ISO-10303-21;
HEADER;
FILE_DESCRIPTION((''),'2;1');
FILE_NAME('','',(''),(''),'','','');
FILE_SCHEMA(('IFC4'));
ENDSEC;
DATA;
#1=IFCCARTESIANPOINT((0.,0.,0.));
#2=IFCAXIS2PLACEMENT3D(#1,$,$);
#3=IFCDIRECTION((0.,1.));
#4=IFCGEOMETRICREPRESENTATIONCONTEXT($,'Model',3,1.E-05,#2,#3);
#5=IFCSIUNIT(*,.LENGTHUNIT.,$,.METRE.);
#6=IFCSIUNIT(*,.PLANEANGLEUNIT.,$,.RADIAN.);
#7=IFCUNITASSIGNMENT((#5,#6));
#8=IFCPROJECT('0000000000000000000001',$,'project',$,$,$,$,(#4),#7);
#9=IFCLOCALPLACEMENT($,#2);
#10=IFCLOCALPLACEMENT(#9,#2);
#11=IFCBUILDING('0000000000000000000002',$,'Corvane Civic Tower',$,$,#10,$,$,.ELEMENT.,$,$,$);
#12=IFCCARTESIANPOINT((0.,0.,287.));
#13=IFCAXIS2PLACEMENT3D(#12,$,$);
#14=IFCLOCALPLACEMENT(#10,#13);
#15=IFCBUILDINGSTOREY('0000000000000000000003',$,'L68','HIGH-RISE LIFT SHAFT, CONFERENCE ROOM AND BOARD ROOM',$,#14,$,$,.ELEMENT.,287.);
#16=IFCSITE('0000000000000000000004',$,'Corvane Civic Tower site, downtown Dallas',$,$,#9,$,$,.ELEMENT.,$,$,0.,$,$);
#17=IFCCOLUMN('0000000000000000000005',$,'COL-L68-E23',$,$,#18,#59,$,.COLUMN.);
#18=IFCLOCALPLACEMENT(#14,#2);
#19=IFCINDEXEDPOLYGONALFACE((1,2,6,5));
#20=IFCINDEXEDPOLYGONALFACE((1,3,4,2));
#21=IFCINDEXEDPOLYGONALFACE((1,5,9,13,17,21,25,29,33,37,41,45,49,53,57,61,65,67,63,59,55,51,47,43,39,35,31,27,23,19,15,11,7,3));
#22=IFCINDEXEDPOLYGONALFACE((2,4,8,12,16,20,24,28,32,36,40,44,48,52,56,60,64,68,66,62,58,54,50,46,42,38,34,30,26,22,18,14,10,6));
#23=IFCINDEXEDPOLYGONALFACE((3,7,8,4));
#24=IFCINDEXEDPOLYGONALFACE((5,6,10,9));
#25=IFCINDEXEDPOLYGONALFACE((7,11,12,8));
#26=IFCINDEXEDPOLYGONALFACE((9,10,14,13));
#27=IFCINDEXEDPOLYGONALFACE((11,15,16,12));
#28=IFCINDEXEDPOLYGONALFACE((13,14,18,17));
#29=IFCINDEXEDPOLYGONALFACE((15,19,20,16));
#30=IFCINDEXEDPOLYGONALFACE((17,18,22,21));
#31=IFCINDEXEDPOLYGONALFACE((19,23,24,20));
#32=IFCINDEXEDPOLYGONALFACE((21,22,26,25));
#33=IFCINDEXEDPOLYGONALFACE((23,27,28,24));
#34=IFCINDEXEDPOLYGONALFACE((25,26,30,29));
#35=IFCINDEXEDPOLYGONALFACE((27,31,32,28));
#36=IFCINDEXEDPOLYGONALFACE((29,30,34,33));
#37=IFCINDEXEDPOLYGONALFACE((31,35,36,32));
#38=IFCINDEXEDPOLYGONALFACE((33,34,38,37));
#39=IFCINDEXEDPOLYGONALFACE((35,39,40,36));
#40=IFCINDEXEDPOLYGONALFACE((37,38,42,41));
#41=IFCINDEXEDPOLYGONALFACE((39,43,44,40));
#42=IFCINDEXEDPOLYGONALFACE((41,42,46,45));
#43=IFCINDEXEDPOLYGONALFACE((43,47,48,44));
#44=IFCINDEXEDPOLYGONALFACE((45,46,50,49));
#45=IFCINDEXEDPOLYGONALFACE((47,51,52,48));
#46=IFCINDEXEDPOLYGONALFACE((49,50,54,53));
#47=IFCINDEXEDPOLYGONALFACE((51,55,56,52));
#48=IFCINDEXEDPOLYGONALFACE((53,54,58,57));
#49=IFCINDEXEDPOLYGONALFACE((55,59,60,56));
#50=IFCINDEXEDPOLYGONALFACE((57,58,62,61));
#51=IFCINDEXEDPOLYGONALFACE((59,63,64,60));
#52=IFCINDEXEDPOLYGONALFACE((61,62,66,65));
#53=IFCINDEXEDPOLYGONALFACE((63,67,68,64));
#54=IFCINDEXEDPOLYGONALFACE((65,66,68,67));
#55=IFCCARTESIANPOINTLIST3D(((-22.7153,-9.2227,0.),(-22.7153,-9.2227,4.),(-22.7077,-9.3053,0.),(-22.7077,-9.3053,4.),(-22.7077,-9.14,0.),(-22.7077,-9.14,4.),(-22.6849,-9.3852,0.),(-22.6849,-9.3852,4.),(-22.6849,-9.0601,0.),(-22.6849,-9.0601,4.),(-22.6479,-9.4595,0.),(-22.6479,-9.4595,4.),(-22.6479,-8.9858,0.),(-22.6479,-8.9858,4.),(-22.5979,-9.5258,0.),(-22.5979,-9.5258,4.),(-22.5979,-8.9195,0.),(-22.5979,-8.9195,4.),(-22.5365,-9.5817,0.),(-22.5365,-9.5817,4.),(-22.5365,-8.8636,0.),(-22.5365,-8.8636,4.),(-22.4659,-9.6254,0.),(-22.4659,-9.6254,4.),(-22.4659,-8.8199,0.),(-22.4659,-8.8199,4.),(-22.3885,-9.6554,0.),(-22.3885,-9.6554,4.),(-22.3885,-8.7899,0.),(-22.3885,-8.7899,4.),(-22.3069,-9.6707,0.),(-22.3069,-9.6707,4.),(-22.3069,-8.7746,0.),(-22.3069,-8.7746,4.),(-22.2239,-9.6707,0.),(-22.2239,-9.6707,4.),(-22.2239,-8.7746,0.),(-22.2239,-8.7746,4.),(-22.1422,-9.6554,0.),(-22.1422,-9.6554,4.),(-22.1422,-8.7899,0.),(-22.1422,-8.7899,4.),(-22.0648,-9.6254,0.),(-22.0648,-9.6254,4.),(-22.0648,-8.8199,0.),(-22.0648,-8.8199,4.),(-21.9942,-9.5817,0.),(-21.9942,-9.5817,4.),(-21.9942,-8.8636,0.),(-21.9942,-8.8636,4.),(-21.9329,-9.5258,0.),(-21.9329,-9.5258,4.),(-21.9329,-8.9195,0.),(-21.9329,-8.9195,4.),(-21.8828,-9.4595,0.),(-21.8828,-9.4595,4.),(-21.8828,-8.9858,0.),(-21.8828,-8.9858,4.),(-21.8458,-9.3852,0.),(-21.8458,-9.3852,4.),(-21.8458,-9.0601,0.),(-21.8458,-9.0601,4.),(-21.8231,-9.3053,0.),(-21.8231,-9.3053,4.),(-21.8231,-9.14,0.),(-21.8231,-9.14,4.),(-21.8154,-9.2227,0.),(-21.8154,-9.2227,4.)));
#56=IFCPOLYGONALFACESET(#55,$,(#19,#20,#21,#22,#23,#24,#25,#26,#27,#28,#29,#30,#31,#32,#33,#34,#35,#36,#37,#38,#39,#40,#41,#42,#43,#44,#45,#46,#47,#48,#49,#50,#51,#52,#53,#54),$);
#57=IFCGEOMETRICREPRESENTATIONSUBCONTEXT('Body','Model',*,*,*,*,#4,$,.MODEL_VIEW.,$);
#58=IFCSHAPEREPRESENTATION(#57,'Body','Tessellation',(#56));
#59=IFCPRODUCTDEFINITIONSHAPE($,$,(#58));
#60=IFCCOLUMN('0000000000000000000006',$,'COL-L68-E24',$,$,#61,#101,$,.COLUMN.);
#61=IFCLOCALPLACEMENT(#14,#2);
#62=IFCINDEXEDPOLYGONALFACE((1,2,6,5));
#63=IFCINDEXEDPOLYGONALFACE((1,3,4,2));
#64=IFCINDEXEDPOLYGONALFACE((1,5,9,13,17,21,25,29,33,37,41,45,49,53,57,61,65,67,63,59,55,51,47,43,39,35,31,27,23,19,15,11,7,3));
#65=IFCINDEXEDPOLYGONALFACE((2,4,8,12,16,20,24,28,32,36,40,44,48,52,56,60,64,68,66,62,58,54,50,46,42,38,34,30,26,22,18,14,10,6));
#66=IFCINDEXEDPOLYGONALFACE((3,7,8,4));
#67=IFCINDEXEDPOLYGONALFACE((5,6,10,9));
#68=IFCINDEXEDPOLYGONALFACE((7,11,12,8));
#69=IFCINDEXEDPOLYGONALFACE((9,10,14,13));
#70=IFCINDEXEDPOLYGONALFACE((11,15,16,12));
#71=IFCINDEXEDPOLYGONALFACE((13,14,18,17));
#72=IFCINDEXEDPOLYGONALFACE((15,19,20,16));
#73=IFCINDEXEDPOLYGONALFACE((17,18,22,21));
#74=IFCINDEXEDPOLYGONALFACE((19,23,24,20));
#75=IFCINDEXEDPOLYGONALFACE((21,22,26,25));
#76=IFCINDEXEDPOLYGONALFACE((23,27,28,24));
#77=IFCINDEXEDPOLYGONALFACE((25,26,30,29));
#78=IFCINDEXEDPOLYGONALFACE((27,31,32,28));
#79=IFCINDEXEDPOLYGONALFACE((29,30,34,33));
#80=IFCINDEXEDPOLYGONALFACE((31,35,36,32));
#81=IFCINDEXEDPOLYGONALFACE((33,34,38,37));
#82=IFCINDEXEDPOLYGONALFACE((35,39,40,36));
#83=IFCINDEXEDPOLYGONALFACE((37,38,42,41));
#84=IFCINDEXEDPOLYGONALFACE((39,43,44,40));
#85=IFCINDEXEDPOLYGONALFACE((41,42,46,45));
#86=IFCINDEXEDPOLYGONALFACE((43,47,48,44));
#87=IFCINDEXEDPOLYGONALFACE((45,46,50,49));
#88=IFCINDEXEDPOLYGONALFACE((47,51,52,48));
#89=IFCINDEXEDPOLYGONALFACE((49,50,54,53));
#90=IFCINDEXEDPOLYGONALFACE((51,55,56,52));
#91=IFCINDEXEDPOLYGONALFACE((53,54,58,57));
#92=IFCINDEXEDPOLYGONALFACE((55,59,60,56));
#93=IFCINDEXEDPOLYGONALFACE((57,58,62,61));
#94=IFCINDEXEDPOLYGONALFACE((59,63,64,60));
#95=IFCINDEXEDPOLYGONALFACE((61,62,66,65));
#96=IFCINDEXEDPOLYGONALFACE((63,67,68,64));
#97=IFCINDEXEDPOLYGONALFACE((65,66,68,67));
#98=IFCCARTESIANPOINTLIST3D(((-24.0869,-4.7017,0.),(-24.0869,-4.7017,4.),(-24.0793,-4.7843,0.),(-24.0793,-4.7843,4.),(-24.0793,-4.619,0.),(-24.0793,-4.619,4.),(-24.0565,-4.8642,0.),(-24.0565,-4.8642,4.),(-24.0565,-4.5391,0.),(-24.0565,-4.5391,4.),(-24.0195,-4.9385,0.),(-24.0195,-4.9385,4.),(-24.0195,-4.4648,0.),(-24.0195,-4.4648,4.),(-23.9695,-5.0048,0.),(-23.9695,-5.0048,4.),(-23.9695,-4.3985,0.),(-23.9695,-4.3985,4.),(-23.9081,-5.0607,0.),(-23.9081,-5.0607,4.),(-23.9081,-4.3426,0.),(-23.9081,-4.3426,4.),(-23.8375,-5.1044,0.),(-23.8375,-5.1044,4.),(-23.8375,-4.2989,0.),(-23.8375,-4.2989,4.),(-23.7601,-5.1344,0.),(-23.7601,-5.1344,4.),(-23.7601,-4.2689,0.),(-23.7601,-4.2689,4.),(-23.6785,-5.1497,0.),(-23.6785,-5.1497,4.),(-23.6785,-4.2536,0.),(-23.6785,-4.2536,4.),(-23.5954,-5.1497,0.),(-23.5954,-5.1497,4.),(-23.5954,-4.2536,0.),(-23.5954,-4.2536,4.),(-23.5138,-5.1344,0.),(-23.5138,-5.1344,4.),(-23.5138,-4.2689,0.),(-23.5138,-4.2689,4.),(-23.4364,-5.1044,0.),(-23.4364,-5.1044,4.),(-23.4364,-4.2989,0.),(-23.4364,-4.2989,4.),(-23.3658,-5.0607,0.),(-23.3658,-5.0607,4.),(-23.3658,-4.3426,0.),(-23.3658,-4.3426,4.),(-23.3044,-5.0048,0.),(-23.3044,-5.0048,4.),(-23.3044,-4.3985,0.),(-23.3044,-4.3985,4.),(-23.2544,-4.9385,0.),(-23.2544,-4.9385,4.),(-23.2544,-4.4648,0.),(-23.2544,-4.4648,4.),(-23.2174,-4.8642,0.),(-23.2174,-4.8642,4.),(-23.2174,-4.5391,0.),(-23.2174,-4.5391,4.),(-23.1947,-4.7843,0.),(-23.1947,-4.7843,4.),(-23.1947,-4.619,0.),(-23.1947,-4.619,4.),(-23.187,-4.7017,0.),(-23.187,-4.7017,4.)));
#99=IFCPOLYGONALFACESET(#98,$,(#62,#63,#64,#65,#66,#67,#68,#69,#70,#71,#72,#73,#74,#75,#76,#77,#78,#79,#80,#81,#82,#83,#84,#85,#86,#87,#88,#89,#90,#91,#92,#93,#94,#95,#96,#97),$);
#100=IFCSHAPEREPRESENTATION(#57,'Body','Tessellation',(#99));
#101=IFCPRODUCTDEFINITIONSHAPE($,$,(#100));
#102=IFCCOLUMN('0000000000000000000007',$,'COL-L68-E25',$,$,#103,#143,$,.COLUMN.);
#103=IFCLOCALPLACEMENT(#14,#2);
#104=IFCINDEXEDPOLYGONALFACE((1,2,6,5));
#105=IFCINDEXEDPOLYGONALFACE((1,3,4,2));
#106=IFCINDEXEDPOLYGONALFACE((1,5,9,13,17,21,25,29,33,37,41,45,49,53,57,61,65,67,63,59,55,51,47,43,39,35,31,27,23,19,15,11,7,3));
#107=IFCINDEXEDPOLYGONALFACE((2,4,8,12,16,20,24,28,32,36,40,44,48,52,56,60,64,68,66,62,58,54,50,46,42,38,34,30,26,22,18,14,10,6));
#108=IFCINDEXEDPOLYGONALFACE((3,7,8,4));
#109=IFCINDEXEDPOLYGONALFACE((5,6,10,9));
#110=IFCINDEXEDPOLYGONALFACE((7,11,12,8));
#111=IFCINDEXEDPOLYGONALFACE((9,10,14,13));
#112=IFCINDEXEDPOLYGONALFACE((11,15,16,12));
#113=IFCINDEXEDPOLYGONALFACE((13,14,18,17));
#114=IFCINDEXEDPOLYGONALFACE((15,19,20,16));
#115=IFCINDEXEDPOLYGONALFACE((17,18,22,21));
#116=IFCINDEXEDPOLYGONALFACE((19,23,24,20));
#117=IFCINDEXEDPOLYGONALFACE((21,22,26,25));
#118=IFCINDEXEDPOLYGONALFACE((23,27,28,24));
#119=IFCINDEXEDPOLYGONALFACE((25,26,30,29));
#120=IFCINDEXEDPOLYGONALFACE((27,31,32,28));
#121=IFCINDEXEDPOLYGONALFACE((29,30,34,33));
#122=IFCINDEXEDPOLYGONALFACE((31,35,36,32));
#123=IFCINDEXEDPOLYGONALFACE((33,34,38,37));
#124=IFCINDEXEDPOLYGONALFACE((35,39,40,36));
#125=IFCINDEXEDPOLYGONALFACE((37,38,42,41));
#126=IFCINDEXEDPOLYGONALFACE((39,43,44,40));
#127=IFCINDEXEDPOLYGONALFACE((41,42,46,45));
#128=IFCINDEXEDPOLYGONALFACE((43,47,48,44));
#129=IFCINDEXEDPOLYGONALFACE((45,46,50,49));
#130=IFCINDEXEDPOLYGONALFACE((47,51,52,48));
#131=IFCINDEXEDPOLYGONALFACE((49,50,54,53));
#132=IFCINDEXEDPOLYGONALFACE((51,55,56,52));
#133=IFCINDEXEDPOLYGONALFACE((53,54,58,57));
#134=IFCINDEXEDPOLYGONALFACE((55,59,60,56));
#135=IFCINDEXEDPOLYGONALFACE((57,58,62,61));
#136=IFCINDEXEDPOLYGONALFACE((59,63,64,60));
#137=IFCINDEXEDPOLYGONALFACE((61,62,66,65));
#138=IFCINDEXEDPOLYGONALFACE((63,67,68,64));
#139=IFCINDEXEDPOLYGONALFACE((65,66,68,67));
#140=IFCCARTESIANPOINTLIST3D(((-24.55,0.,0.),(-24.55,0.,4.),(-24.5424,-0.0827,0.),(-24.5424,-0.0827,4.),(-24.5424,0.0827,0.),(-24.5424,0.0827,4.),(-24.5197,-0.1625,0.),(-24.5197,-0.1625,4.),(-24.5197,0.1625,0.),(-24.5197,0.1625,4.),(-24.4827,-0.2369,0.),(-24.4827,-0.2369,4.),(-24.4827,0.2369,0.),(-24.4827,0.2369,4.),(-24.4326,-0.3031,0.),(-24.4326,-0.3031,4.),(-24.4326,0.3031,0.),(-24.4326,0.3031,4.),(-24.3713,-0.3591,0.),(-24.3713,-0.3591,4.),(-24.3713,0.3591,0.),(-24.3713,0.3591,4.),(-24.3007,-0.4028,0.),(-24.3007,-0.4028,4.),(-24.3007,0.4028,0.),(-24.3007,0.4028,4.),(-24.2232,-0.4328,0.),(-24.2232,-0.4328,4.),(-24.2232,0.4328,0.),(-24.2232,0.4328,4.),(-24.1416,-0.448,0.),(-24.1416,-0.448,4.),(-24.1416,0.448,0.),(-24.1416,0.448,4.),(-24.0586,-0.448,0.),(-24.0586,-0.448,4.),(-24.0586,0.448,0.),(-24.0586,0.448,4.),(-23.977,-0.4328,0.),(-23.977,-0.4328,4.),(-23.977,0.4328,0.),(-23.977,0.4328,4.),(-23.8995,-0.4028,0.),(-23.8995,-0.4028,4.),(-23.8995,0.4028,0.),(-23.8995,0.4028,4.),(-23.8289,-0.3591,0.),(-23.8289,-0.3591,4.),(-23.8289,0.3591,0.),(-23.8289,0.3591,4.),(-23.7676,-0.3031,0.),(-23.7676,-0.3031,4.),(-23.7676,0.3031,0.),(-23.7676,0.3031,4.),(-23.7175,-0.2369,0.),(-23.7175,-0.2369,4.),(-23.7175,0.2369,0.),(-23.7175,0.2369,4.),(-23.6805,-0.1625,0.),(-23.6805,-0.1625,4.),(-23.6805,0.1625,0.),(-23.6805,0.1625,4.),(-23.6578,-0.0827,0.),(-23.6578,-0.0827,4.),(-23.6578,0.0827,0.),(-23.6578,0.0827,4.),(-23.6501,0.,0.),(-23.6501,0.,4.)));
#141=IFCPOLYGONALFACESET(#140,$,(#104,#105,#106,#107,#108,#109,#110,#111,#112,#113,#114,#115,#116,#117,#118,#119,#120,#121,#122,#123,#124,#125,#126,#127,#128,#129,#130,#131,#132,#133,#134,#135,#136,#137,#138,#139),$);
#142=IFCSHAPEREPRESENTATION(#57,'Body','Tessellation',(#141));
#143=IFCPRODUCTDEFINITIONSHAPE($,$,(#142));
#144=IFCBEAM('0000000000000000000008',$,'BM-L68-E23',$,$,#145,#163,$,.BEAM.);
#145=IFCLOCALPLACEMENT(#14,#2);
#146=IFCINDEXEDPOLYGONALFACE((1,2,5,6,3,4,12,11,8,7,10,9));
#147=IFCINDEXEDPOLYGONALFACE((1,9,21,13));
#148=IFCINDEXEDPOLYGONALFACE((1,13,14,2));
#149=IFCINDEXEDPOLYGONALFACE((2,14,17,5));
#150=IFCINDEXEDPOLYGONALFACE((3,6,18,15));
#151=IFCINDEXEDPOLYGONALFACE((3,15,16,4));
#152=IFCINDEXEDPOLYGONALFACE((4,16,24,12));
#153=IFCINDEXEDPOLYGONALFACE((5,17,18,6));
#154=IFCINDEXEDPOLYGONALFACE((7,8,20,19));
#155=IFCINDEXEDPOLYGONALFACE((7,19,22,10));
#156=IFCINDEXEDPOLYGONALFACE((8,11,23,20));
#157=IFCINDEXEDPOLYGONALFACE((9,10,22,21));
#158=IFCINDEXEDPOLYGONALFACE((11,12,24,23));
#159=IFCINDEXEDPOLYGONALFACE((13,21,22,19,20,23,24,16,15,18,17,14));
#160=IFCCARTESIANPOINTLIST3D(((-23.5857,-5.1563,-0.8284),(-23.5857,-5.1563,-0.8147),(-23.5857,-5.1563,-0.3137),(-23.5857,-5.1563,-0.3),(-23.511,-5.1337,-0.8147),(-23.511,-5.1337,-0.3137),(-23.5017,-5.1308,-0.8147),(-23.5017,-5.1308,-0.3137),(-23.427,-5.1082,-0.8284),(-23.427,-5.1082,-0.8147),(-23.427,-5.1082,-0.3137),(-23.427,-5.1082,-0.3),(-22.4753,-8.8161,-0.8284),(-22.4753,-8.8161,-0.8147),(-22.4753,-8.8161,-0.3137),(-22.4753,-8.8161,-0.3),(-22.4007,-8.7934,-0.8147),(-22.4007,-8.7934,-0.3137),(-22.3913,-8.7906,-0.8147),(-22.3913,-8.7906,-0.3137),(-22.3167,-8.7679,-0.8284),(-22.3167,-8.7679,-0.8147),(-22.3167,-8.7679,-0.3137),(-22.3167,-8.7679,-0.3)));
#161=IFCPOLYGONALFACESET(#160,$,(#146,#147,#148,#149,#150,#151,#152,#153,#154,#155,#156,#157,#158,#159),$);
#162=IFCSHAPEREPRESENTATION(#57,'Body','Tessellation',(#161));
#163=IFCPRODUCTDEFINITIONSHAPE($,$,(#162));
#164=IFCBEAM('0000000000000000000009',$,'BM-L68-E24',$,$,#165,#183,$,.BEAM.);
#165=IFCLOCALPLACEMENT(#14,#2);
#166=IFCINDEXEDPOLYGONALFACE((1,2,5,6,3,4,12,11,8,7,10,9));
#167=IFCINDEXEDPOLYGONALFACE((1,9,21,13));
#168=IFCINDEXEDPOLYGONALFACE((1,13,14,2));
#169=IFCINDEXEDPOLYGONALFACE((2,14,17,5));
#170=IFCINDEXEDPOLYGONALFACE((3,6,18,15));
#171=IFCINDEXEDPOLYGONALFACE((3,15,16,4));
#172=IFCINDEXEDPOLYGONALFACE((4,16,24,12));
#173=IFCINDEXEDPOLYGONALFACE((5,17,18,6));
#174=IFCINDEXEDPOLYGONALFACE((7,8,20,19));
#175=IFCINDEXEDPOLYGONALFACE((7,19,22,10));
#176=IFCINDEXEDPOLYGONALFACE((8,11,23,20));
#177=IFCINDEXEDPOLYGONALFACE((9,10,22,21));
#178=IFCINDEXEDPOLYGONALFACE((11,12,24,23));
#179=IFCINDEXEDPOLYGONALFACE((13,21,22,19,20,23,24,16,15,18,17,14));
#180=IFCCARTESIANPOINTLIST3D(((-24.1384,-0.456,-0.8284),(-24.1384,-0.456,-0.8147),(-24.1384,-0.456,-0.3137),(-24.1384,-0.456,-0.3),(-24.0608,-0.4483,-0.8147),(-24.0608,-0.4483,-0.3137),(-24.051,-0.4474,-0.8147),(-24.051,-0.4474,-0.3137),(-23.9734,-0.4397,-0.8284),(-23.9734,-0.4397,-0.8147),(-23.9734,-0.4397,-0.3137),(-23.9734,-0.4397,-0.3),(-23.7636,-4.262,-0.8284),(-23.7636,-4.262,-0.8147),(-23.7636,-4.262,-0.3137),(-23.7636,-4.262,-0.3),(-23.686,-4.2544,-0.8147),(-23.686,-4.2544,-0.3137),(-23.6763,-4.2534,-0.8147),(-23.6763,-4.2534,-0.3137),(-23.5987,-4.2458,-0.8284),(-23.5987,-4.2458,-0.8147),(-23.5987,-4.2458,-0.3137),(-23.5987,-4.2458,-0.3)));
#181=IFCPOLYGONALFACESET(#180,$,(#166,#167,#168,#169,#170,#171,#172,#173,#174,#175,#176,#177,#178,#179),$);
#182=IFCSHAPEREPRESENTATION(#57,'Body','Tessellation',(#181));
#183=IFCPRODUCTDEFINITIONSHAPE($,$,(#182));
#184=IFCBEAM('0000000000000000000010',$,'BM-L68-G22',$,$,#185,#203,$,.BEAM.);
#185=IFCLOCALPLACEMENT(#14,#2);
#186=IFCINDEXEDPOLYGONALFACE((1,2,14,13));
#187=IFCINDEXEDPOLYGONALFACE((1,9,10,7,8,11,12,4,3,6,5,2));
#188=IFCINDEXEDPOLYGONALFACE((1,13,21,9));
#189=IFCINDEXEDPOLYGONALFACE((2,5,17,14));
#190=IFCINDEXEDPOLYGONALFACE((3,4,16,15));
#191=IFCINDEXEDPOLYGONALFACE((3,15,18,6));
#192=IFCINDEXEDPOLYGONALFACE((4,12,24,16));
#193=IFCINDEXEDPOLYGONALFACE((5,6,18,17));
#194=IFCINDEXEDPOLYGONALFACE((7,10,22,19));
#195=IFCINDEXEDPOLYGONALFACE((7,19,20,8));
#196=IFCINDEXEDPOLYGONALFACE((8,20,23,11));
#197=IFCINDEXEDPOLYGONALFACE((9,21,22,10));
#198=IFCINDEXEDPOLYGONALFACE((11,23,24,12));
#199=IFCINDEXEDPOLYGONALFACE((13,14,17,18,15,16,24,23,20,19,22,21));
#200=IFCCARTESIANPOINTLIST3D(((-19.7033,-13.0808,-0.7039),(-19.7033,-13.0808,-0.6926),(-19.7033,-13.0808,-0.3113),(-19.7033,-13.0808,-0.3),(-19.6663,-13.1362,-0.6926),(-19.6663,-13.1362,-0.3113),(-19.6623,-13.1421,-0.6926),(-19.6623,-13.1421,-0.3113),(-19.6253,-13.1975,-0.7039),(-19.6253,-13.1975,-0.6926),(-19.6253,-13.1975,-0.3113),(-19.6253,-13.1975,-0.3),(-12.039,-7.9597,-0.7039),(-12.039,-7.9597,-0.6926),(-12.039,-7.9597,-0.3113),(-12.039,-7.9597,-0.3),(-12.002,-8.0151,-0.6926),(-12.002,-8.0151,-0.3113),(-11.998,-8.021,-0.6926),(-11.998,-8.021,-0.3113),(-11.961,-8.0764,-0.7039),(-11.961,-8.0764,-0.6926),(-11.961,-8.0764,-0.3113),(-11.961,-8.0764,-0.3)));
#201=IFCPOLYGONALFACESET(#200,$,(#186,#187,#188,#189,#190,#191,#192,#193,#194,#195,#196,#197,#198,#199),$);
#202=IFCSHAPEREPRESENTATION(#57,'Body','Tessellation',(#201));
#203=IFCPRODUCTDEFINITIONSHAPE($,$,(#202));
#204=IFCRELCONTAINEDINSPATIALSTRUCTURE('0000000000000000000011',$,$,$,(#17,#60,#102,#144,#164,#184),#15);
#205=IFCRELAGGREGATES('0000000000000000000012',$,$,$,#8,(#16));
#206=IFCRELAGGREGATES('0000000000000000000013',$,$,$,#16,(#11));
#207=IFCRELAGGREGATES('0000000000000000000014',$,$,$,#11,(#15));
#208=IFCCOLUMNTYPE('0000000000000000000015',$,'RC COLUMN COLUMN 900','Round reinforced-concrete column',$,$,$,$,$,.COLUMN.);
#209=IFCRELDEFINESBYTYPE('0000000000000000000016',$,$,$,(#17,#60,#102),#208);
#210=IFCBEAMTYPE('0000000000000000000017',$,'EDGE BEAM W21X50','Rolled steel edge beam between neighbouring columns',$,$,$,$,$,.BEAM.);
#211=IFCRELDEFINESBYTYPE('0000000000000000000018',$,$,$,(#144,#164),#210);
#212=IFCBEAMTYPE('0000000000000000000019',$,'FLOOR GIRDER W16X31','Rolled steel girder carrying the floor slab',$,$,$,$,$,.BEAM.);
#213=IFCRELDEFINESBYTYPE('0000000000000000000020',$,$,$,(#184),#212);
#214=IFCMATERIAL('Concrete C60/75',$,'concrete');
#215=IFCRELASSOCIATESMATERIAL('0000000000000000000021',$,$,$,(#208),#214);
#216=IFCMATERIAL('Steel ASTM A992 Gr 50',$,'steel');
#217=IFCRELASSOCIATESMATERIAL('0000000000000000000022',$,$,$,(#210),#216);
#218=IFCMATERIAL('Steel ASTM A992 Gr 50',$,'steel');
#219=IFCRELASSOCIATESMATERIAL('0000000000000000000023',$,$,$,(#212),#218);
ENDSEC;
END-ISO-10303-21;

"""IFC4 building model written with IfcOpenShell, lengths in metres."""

from ifc_helpers import new_model, si_unit, direction, frame, origin, origin_2d, place, context, subcontext, project, spatial, circle, i_section, extrude, material, material_profile, profile_set, type_object, element, save


model = new_model("IFC4")

# Units and contexts
model_context = context("Model", 3, precision=1e-05, world=origin(), true_north=direction((0.0, 1.0)))
body_context = subcontext(model_context, "Body", "Model", "MODEL_VIEW")
ifc_project = project(units=[si_unit("LENGTHUNIT", "METRE"), si_unit("PLANEANGLEUNIT", "RADIAN")], contexts=[model_context])

# Site, building, storey
site_placement = place(None, origin())
site = spatial("IfcSite", under=ifc_project, at=site_placement, Name="Corvane Civic Tower site, downtown Dallas", CompositionType="ELEMENT", RefElevation=0.0)
building_placement = place(site_placement, origin())
building = spatial("IfcBuilding", under=site, at=building_placement, Name="Corvane Civic Tower", CompositionType="ELEMENT")
storey_placement = place(building_placement, frame((0.0, 0.0, 287.0)))
storey = spatial("IfcBuildingStorey", under=building, at=storey_placement, Name="L68", Description="HIGH-RISE LIFT SHAFT, CONFERENCE ROOM AND BOARD ROOM", CompositionType="ELEMENT", Elevation=287.0)

# Columns
ifc_material_1 = material(Name="Concrete C60/75", Category="concrete")
ifc_material_profile_1 = material_profile(ifc_material_1, circle(Radius=0.45, at=origin_2d()), Name="COLUMN 900")
ifc_profile_set_1 = profile_set([ifc_material_profile_1], Name="Concrete C60/75")
column_type = type_object("IfcColumnType", Name="RC COLUMN COLUMN 900", Description="Round reinforced-concrete column", PredefinedType="COLUMN", material=ifc_profile_set_1)
for number, where, z_axis, x_axis, name in (
    (1, (-22.2654, -9.2227, 0.0), (0.0, 0.0, 1.0), (1.0, 0.0, 0.0), "COL-L68-E23"),
    (2, (-23.637, -4.7017, 0.0), (0.0, 0.0, 1.0), (1.0, 0.0, 0.0), "COL-L68-E24"),
    (3, (-24.1001, 0.0, 0.0), (0.0, 0.0, 1.0), (1.0, 0.0, 0.0), "COL-L68-E25"),
):
    element("IfcColumn", number, at=place(storey_placement, frame(where, z_axis=z_axis, x_axis=x_axis)), inside=storey, type_object=column_type, Name=name, PredefinedType="COLUMN", context=body_context, shape_type="SweptSolid", body=[
        extrude(circle(Radius=0.45, at=origin_2d()), origin(), (0.0, 0.0, 1.0), 4.0),
    ])

# Beams
ifc_material_2 = material(Name="Steel ASTM A992 Gr 50", Category="steel")
ifc_material_profile_2 = material_profile(ifc_material_2, i_section(OverallWidth=0.1658, OverallDepth=0.5283, WebThickness=0.0098, FlangeThickness=0.0137, at=origin_2d()), Name="W21X50")
ifc_profile_set_2 = profile_set([ifc_material_profile_2], Name="Steel ASTM A992 Gr 50")
beam_type_1 = type_object("IfcBeamType", Name="EDGE BEAM W21X50", Description="Rolled steel edge beam between neighbouring columns", PredefinedType="BEAM", material=ifc_profile_set_2)
for number, where, z_axis, x_axis, name in (
    (4, (-22.396, -8.792, -0.5642), (-0.290333, 0.956926, 0.0), (-0.956926, -0.290333, 0.0), "BM-L68-E23"),
    (5, (-23.6812, -4.2539, -0.5642), (-0.097987, 0.995188, 0.0), (-0.995188, -0.097987, 0.0), "BM-L68-E24"),
):
    element("IfcBeam", number, at=place(storey_placement, frame(where, z_axis=z_axis, x_axis=x_axis)), inside=storey, type_object=beam_type_1, Name=name, PredefinedType="BEAM", context=body_context, shape_type="SweptSolid", body=[
        extrude(i_section(OverallWidth=0.1658, OverallDepth=0.5283, WebThickness=0.0098, FlangeThickness=0.0137, at=origin_2d()), origin(), (0.0, 0.0, 1.0), 3.8245),
    ])
ifc_material_3 = material(Name="Steel ASTM A992 Gr 50", Category="steel")
ifc_material_profile_3 = material_profile(ifc_material_3, i_section(OverallWidth=0.1404, OverallDepth=0.4038, WebThickness=0.0071, FlangeThickness=0.0112, at=origin_2d()), Name="W16X31")
ifc_profile_set_3 = profile_set([ifc_material_profile_3], Name="Steel ASTM A992 Gr 50")
beam_type_2 = type_object("IfcBeamType", Name="FLOOR GIRDER W16X31", Description="Rolled steel girder carrying the floor slab", PredefinedType="BEAM", material=ifc_profile_set_3)
beam_placement = place(storey_placement, frame((-12.0, -8.0181, -0.502), z_axis=(-0.831471, -0.555568, 0.0), x_axis=(0.555568, -0.831471, 0.0)))
element("IfcBeam", 6, at=beam_placement, inside=storey, type_object=beam_type_2, Name="BM-L68-G22", PredefinedType="BEAM", context=body_context, shape_type="SweptSolid", body=[
    extrude(i_section(OverallWidth=0.1404, OverallDepth=0.4038, WebThickness=0.0071, FlangeThickness=0.0112, at=origin_2d()), origin(), (0.0, 0.0, 1.0), 9.2178),
])

save(model, "model.ifc")
